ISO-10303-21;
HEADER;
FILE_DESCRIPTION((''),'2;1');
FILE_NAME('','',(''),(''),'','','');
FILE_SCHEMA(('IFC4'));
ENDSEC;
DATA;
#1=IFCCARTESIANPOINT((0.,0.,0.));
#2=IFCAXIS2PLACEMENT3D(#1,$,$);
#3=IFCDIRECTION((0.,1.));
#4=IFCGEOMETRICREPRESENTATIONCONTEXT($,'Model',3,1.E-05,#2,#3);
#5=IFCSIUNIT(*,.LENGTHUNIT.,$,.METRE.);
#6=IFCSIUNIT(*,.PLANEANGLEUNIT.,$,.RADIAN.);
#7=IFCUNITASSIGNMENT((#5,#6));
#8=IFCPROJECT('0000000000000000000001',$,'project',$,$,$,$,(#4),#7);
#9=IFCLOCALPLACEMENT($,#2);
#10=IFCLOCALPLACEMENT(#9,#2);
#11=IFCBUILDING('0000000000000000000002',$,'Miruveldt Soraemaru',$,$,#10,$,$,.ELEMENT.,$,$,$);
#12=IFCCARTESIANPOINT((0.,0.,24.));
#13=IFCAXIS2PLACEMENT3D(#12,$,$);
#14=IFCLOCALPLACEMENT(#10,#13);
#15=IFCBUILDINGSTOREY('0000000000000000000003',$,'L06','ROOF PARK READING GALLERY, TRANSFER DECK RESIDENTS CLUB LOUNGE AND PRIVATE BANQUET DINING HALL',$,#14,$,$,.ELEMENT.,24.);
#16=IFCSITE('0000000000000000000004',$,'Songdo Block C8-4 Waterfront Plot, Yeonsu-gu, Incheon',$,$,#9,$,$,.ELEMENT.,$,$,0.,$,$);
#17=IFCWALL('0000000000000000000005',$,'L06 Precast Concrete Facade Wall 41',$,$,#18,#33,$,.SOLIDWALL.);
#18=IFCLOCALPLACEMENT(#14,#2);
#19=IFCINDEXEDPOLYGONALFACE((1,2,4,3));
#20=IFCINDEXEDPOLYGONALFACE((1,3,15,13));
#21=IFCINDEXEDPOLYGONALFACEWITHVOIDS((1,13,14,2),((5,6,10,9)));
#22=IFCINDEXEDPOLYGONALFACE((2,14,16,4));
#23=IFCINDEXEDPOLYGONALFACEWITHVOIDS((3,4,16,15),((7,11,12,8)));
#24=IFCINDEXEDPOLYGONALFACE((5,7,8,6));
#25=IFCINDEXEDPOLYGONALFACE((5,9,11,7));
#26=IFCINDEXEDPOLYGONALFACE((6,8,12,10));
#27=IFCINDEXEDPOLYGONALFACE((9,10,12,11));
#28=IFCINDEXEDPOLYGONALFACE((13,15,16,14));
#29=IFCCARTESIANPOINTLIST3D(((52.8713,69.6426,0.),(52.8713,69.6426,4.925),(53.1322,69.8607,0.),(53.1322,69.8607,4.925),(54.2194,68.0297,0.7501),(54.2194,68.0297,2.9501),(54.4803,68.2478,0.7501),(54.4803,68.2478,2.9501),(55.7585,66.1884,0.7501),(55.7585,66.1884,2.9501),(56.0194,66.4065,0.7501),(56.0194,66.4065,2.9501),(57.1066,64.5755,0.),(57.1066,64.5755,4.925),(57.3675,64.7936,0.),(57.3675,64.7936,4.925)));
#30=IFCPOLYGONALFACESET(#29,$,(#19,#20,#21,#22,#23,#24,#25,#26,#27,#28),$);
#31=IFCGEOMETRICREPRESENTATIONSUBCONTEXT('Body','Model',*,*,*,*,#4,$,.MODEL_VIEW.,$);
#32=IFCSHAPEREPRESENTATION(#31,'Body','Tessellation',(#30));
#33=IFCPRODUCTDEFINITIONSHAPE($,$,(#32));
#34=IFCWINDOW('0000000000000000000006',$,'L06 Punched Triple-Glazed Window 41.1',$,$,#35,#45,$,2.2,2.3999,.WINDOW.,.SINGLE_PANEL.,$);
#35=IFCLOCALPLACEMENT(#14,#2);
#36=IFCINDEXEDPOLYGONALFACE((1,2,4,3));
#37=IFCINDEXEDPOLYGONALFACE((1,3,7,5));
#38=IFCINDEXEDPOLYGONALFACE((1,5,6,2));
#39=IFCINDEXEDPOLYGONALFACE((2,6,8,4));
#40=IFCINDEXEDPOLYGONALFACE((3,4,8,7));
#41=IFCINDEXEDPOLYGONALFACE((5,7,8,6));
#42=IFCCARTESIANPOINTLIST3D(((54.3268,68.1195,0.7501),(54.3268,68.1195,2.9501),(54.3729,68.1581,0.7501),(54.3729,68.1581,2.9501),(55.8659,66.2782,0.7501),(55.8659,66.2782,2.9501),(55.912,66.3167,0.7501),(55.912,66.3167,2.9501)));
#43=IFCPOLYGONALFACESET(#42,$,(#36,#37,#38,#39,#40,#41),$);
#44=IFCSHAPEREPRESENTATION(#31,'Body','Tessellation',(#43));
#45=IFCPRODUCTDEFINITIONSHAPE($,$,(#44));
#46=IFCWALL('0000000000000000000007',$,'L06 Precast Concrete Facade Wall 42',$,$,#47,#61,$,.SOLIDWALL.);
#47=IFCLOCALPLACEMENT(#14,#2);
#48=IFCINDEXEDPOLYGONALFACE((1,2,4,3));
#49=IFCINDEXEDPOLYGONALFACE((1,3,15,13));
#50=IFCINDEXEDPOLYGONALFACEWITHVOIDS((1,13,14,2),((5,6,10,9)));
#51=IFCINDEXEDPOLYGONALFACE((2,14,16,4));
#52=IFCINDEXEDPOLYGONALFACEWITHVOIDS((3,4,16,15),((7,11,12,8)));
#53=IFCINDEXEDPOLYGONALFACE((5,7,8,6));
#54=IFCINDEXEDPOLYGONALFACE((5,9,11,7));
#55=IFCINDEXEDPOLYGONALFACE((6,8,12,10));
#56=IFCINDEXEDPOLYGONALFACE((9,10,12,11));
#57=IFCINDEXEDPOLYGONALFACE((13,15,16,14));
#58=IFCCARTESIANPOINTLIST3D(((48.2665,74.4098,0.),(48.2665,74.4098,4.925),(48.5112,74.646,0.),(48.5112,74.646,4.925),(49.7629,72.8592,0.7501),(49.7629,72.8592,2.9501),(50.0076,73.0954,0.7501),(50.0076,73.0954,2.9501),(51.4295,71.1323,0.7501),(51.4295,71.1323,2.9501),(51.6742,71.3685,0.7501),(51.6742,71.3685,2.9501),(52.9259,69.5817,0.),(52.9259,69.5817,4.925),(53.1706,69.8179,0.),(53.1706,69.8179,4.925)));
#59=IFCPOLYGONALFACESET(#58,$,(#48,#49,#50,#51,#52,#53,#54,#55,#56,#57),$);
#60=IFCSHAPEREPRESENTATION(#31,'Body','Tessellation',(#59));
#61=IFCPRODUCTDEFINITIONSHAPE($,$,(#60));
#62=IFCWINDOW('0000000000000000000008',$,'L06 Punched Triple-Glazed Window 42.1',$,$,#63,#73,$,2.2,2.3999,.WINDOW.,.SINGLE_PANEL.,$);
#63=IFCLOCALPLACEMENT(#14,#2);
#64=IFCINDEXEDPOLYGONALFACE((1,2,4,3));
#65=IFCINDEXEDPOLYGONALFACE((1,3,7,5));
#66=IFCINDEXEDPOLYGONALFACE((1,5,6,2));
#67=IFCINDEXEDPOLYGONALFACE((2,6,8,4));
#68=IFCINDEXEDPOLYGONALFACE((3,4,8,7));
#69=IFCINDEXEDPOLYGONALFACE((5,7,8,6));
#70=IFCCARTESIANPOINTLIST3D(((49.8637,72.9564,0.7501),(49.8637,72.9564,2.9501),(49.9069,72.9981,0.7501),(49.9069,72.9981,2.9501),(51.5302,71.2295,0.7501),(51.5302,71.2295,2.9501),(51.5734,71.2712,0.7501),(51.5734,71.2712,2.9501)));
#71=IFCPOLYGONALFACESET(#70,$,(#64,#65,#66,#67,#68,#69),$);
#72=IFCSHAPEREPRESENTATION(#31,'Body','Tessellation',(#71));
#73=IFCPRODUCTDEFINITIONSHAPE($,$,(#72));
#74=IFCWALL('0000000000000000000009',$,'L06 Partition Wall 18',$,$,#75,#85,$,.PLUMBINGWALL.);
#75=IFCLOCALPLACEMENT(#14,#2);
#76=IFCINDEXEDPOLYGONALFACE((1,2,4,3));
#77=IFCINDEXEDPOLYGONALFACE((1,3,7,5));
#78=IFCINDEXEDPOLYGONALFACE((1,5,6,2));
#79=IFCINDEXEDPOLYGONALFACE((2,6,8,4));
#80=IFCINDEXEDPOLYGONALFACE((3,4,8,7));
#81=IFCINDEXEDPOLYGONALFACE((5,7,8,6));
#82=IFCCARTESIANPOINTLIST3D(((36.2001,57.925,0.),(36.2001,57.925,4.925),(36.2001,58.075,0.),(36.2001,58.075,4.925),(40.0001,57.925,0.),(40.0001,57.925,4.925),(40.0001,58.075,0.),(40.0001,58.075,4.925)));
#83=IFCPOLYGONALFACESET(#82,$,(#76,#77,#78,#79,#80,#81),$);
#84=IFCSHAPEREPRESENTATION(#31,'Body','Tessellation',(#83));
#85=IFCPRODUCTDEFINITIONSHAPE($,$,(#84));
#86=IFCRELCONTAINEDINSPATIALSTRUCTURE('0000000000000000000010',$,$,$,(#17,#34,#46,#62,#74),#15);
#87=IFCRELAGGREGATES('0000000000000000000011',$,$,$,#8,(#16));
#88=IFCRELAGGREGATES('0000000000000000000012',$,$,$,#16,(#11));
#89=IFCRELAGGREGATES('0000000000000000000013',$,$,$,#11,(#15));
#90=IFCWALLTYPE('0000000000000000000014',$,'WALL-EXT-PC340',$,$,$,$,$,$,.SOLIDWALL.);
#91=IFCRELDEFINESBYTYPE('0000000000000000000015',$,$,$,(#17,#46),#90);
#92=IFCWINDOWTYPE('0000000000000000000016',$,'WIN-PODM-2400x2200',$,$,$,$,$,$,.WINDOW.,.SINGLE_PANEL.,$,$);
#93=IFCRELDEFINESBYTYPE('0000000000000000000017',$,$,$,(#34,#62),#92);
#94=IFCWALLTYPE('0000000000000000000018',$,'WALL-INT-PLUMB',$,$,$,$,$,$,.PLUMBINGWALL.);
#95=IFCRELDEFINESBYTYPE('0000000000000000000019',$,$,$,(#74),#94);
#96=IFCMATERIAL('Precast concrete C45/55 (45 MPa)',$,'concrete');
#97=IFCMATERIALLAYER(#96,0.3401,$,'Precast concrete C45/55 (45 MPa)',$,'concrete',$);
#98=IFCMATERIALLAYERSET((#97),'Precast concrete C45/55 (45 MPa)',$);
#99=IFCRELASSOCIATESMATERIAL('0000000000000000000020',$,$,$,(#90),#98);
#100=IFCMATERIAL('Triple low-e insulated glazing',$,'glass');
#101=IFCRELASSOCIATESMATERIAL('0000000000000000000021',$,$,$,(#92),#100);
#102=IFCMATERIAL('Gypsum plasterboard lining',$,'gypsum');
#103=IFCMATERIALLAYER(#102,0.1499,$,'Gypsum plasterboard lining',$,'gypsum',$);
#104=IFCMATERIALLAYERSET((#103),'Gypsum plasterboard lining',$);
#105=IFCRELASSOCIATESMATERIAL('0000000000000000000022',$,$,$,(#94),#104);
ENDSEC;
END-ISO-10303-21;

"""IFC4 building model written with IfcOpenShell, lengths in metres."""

from ifc_helpers import new_model, si_unit, direction, frame, frame_2d, origin, place, context, subcontext, project, spatial, rectangle, extrude, material, layer, layer_set, type_object, element, fill, save


model = new_model("IFC4")

# Units and contexts
model_context = context("Model", 3, precision=1e-05, world=origin(), true_north=direction((0.0, 1.0)))
body_context = subcontext(model_context, "Body", "Model", "MODEL_VIEW")
ifc_project = project(units=[si_unit("LENGTHUNIT", "METRE"), si_unit("PLANEANGLEUNIT", "RADIAN")], contexts=[model_context])

# Site, building, storey
site_placement = place(None, origin())
site = spatial("IfcSite", under=ifc_project, at=site_placement, Name="Songdo Block C8-4 Waterfront Plot, Yeonsu-gu, Incheon", CompositionType="ELEMENT", RefElevation=0.0)
building_placement = place(site_placement, origin())
building = spatial("IfcBuilding", under=site, at=building_placement, Name="Miruveldt Soraemaru", CompositionType="ELEMENT")
storey_placement = place(building_placement, frame((0.0, 0.0, 24.0)))
storey = spatial("IfcBuildingStorey", under=building, at=storey_placement, Name="L06", Description="ROOF PARK READING GALLERY, TRANSFER DECK RESIDENTS CLUB LOUNGE AND PRIVATE BANQUET DINING HALL", CompositionType="ELEMENT", Elevation=24.0)

# Walls, openings, windows
ifc_material_1 = material(Name="Precast concrete C45/55 (45 MPa)", Category="concrete")
ifc_layer_1 = layer(ifc_material_1, 0.3401, Name="Precast concrete C45/55 (45 MPa)", Category="concrete")
ifc_layer_set_1 = layer_set([ifc_layer_1], Name="Precast concrete C45/55 (45 MPa)")
wall_type_1 = type_object("IfcWallType", Name="WALL-EXT-PC340", PredefinedType="SOLIDWALL", material=ifc_layer_set_1)
ifc_material_2 = material(Name="Triple low-e insulated glazing", Category="glass")
window_type_1 = type_object("IfcWindowType", Name="WIN-PODM-2400x2200", PartitioningType="SINGLE_PANEL", PredefinedType="WINDOW", material=ifc_material_2)
wall_1_placement = place(storey_placement, frame((57.2371, 64.6846, 0.0), z_axis=(0.0, 0.0, 1.0), x_axis=(-0.641322, 0.767272, 0.0)))
wall_1 = element("IfcWall", 1, at=wall_1_placement, inside=storey, type_object=wall_type_1, Name="L06 Precast Concrete Facade Wall 41", PredefinedType="SOLIDWALL", context=body_context, shape_type="SweptSolid", body=[
    extrude(rectangle(XDim=6.604, YDim=0.3401, at=frame_2d((3.302, 0.0))), origin(), (0.0, 0.0, 1.0), 4.925),
])
opening_1_placement = place(wall_1_placement, frame((2.1021, 0.0, 0.75)))
opening_1 = element("IfcOpeningElement", 2, at=opening_1_placement, cuts=wall_1, PredefinedType="OPENING", context=body_context, shape_type="SweptSolid", body=[
    extrude(rectangle(XDim=2.3999, YDim=2.2, at=frame_2d((1.2, 1.1001))), frame((0.0, 0.1802, 0.0), z_axis=(0.0, -1.0, 0.0), x_axis=(1.0, 0.0, 0.0)), (0.0, 0.0, 1.0), 0.3601),
])
window_1_placement = place(opening_1_placement, origin())
window_1 = element("IfcWindow", 3, at=window_1_placement, inside=storey, type_object=window_type_1, Name="L06 Punched Triple-Glazed Window 41.1", OverallHeight=2.2, OverallWidth=2.3999, PartitioningType="SINGLE_PANEL", PredefinedType="WINDOW", context=body_context, shape_type="SweptSolid", body=[
    extrude(rectangle(XDim=2.3999, YDim=2.2, at=frame_2d((1.2, 1.1001))), frame((0.0, 0.03, 0.0), z_axis=(0.0, -1.0, 0.0), x_axis=(1.0, 0.0, 0.0)), (0.0, 0.0, 1.0), 0.0601),
])
fill(opening_1, window_1)
wall_2_placement = place(storey_placement, frame((53.0483, 69.6997, 0.0), z_axis=(0.0, 0.0, 1.0), x_axis=(-0.694424, 0.719566, 0.0)))
wall_2 = element("IfcWall", 4, at=wall_2_placement, inside=storey, type_object=wall_type_1, Name="L06 Precast Concrete Facade Wall 42", PredefinedType="SOLIDWALL", context=body_context, shape_type="SweptSolid", body=[
    extrude(rectangle(XDim=6.7097, YDim=0.3401, at=frame_2d((3.355, 0.0))), origin(), (0.0, 0.0, 1.0), 4.925),
])
opening_2_placement = place(wall_2_placement, frame((2.155, 0.0, 0.75)))
opening_2 = element("IfcOpeningElement", 5, at=opening_2_placement, cuts=wall_2, PredefinedType="OPENING", context=body_context, shape_type="SweptSolid", body=[
    extrude(rectangle(XDim=2.3999, YDim=2.2, at=frame_2d((1.2, 1.1001))), frame((0.0, 0.1802, 0.0), z_axis=(0.0, -1.0, 0.0), x_axis=(1.0, 0.0, 0.0)), (0.0, 0.0, 1.0), 0.3601),
])
window_2_placement = place(opening_2_placement, origin())
window_2 = element("IfcWindow", 6, at=window_2_placement, inside=storey, type_object=window_type_1, Name="L06 Punched Triple-Glazed Window 42.1", OverallHeight=2.2, OverallWidth=2.3999, PartitioningType="SINGLE_PANEL", PredefinedType="WINDOW", context=body_context, shape_type="SweptSolid", body=[
    extrude(rectangle(XDim=2.3999, YDim=2.2, at=frame_2d((1.2, 1.1001))), frame((0.0, 0.03, 0.0), z_axis=(0.0, -1.0, 0.0), x_axis=(1.0, 0.0, 0.0)), (0.0, 0.0, 1.0), 0.0601),
])
fill(opening_2, window_2)

# Wall
ifc_material_3 = material(Name="Gypsum plasterboard lining", Category="gypsum")
ifc_layer_2 = layer(ifc_material_3, 0.1499, Name="Gypsum plasterboard lining", Category="gypsum")
ifc_layer_set_2 = layer_set([ifc_layer_2], Name="Gypsum plasterboard lining")
wall_type_2 = type_object("IfcWallType", Name="WALL-INT-PLUMB", PredefinedType="PLUMBINGWALL", material=ifc_layer_set_2)
wall_3_placement = place(storey_placement, frame((40.0, 58.0, 0.0), z_axis=(0.0, 0.0, 1.0), x_axis=(-1.0, 0.0, 0.0)))
element("IfcWall", 7, at=wall_3_placement, inside=storey, type_object=wall_type_2, Name="L06 Partition Wall 18", PredefinedType="PLUMBINGWALL", context=body_context, shape_type="SweptSolid", body=[
    extrude(rectangle(XDim=3.8, YDim=0.1499, at=frame_2d((1.8999, 0.0))), origin(), (0.0, 0.0, 1.0), 4.925),
])

save(model, "model.ifc")
